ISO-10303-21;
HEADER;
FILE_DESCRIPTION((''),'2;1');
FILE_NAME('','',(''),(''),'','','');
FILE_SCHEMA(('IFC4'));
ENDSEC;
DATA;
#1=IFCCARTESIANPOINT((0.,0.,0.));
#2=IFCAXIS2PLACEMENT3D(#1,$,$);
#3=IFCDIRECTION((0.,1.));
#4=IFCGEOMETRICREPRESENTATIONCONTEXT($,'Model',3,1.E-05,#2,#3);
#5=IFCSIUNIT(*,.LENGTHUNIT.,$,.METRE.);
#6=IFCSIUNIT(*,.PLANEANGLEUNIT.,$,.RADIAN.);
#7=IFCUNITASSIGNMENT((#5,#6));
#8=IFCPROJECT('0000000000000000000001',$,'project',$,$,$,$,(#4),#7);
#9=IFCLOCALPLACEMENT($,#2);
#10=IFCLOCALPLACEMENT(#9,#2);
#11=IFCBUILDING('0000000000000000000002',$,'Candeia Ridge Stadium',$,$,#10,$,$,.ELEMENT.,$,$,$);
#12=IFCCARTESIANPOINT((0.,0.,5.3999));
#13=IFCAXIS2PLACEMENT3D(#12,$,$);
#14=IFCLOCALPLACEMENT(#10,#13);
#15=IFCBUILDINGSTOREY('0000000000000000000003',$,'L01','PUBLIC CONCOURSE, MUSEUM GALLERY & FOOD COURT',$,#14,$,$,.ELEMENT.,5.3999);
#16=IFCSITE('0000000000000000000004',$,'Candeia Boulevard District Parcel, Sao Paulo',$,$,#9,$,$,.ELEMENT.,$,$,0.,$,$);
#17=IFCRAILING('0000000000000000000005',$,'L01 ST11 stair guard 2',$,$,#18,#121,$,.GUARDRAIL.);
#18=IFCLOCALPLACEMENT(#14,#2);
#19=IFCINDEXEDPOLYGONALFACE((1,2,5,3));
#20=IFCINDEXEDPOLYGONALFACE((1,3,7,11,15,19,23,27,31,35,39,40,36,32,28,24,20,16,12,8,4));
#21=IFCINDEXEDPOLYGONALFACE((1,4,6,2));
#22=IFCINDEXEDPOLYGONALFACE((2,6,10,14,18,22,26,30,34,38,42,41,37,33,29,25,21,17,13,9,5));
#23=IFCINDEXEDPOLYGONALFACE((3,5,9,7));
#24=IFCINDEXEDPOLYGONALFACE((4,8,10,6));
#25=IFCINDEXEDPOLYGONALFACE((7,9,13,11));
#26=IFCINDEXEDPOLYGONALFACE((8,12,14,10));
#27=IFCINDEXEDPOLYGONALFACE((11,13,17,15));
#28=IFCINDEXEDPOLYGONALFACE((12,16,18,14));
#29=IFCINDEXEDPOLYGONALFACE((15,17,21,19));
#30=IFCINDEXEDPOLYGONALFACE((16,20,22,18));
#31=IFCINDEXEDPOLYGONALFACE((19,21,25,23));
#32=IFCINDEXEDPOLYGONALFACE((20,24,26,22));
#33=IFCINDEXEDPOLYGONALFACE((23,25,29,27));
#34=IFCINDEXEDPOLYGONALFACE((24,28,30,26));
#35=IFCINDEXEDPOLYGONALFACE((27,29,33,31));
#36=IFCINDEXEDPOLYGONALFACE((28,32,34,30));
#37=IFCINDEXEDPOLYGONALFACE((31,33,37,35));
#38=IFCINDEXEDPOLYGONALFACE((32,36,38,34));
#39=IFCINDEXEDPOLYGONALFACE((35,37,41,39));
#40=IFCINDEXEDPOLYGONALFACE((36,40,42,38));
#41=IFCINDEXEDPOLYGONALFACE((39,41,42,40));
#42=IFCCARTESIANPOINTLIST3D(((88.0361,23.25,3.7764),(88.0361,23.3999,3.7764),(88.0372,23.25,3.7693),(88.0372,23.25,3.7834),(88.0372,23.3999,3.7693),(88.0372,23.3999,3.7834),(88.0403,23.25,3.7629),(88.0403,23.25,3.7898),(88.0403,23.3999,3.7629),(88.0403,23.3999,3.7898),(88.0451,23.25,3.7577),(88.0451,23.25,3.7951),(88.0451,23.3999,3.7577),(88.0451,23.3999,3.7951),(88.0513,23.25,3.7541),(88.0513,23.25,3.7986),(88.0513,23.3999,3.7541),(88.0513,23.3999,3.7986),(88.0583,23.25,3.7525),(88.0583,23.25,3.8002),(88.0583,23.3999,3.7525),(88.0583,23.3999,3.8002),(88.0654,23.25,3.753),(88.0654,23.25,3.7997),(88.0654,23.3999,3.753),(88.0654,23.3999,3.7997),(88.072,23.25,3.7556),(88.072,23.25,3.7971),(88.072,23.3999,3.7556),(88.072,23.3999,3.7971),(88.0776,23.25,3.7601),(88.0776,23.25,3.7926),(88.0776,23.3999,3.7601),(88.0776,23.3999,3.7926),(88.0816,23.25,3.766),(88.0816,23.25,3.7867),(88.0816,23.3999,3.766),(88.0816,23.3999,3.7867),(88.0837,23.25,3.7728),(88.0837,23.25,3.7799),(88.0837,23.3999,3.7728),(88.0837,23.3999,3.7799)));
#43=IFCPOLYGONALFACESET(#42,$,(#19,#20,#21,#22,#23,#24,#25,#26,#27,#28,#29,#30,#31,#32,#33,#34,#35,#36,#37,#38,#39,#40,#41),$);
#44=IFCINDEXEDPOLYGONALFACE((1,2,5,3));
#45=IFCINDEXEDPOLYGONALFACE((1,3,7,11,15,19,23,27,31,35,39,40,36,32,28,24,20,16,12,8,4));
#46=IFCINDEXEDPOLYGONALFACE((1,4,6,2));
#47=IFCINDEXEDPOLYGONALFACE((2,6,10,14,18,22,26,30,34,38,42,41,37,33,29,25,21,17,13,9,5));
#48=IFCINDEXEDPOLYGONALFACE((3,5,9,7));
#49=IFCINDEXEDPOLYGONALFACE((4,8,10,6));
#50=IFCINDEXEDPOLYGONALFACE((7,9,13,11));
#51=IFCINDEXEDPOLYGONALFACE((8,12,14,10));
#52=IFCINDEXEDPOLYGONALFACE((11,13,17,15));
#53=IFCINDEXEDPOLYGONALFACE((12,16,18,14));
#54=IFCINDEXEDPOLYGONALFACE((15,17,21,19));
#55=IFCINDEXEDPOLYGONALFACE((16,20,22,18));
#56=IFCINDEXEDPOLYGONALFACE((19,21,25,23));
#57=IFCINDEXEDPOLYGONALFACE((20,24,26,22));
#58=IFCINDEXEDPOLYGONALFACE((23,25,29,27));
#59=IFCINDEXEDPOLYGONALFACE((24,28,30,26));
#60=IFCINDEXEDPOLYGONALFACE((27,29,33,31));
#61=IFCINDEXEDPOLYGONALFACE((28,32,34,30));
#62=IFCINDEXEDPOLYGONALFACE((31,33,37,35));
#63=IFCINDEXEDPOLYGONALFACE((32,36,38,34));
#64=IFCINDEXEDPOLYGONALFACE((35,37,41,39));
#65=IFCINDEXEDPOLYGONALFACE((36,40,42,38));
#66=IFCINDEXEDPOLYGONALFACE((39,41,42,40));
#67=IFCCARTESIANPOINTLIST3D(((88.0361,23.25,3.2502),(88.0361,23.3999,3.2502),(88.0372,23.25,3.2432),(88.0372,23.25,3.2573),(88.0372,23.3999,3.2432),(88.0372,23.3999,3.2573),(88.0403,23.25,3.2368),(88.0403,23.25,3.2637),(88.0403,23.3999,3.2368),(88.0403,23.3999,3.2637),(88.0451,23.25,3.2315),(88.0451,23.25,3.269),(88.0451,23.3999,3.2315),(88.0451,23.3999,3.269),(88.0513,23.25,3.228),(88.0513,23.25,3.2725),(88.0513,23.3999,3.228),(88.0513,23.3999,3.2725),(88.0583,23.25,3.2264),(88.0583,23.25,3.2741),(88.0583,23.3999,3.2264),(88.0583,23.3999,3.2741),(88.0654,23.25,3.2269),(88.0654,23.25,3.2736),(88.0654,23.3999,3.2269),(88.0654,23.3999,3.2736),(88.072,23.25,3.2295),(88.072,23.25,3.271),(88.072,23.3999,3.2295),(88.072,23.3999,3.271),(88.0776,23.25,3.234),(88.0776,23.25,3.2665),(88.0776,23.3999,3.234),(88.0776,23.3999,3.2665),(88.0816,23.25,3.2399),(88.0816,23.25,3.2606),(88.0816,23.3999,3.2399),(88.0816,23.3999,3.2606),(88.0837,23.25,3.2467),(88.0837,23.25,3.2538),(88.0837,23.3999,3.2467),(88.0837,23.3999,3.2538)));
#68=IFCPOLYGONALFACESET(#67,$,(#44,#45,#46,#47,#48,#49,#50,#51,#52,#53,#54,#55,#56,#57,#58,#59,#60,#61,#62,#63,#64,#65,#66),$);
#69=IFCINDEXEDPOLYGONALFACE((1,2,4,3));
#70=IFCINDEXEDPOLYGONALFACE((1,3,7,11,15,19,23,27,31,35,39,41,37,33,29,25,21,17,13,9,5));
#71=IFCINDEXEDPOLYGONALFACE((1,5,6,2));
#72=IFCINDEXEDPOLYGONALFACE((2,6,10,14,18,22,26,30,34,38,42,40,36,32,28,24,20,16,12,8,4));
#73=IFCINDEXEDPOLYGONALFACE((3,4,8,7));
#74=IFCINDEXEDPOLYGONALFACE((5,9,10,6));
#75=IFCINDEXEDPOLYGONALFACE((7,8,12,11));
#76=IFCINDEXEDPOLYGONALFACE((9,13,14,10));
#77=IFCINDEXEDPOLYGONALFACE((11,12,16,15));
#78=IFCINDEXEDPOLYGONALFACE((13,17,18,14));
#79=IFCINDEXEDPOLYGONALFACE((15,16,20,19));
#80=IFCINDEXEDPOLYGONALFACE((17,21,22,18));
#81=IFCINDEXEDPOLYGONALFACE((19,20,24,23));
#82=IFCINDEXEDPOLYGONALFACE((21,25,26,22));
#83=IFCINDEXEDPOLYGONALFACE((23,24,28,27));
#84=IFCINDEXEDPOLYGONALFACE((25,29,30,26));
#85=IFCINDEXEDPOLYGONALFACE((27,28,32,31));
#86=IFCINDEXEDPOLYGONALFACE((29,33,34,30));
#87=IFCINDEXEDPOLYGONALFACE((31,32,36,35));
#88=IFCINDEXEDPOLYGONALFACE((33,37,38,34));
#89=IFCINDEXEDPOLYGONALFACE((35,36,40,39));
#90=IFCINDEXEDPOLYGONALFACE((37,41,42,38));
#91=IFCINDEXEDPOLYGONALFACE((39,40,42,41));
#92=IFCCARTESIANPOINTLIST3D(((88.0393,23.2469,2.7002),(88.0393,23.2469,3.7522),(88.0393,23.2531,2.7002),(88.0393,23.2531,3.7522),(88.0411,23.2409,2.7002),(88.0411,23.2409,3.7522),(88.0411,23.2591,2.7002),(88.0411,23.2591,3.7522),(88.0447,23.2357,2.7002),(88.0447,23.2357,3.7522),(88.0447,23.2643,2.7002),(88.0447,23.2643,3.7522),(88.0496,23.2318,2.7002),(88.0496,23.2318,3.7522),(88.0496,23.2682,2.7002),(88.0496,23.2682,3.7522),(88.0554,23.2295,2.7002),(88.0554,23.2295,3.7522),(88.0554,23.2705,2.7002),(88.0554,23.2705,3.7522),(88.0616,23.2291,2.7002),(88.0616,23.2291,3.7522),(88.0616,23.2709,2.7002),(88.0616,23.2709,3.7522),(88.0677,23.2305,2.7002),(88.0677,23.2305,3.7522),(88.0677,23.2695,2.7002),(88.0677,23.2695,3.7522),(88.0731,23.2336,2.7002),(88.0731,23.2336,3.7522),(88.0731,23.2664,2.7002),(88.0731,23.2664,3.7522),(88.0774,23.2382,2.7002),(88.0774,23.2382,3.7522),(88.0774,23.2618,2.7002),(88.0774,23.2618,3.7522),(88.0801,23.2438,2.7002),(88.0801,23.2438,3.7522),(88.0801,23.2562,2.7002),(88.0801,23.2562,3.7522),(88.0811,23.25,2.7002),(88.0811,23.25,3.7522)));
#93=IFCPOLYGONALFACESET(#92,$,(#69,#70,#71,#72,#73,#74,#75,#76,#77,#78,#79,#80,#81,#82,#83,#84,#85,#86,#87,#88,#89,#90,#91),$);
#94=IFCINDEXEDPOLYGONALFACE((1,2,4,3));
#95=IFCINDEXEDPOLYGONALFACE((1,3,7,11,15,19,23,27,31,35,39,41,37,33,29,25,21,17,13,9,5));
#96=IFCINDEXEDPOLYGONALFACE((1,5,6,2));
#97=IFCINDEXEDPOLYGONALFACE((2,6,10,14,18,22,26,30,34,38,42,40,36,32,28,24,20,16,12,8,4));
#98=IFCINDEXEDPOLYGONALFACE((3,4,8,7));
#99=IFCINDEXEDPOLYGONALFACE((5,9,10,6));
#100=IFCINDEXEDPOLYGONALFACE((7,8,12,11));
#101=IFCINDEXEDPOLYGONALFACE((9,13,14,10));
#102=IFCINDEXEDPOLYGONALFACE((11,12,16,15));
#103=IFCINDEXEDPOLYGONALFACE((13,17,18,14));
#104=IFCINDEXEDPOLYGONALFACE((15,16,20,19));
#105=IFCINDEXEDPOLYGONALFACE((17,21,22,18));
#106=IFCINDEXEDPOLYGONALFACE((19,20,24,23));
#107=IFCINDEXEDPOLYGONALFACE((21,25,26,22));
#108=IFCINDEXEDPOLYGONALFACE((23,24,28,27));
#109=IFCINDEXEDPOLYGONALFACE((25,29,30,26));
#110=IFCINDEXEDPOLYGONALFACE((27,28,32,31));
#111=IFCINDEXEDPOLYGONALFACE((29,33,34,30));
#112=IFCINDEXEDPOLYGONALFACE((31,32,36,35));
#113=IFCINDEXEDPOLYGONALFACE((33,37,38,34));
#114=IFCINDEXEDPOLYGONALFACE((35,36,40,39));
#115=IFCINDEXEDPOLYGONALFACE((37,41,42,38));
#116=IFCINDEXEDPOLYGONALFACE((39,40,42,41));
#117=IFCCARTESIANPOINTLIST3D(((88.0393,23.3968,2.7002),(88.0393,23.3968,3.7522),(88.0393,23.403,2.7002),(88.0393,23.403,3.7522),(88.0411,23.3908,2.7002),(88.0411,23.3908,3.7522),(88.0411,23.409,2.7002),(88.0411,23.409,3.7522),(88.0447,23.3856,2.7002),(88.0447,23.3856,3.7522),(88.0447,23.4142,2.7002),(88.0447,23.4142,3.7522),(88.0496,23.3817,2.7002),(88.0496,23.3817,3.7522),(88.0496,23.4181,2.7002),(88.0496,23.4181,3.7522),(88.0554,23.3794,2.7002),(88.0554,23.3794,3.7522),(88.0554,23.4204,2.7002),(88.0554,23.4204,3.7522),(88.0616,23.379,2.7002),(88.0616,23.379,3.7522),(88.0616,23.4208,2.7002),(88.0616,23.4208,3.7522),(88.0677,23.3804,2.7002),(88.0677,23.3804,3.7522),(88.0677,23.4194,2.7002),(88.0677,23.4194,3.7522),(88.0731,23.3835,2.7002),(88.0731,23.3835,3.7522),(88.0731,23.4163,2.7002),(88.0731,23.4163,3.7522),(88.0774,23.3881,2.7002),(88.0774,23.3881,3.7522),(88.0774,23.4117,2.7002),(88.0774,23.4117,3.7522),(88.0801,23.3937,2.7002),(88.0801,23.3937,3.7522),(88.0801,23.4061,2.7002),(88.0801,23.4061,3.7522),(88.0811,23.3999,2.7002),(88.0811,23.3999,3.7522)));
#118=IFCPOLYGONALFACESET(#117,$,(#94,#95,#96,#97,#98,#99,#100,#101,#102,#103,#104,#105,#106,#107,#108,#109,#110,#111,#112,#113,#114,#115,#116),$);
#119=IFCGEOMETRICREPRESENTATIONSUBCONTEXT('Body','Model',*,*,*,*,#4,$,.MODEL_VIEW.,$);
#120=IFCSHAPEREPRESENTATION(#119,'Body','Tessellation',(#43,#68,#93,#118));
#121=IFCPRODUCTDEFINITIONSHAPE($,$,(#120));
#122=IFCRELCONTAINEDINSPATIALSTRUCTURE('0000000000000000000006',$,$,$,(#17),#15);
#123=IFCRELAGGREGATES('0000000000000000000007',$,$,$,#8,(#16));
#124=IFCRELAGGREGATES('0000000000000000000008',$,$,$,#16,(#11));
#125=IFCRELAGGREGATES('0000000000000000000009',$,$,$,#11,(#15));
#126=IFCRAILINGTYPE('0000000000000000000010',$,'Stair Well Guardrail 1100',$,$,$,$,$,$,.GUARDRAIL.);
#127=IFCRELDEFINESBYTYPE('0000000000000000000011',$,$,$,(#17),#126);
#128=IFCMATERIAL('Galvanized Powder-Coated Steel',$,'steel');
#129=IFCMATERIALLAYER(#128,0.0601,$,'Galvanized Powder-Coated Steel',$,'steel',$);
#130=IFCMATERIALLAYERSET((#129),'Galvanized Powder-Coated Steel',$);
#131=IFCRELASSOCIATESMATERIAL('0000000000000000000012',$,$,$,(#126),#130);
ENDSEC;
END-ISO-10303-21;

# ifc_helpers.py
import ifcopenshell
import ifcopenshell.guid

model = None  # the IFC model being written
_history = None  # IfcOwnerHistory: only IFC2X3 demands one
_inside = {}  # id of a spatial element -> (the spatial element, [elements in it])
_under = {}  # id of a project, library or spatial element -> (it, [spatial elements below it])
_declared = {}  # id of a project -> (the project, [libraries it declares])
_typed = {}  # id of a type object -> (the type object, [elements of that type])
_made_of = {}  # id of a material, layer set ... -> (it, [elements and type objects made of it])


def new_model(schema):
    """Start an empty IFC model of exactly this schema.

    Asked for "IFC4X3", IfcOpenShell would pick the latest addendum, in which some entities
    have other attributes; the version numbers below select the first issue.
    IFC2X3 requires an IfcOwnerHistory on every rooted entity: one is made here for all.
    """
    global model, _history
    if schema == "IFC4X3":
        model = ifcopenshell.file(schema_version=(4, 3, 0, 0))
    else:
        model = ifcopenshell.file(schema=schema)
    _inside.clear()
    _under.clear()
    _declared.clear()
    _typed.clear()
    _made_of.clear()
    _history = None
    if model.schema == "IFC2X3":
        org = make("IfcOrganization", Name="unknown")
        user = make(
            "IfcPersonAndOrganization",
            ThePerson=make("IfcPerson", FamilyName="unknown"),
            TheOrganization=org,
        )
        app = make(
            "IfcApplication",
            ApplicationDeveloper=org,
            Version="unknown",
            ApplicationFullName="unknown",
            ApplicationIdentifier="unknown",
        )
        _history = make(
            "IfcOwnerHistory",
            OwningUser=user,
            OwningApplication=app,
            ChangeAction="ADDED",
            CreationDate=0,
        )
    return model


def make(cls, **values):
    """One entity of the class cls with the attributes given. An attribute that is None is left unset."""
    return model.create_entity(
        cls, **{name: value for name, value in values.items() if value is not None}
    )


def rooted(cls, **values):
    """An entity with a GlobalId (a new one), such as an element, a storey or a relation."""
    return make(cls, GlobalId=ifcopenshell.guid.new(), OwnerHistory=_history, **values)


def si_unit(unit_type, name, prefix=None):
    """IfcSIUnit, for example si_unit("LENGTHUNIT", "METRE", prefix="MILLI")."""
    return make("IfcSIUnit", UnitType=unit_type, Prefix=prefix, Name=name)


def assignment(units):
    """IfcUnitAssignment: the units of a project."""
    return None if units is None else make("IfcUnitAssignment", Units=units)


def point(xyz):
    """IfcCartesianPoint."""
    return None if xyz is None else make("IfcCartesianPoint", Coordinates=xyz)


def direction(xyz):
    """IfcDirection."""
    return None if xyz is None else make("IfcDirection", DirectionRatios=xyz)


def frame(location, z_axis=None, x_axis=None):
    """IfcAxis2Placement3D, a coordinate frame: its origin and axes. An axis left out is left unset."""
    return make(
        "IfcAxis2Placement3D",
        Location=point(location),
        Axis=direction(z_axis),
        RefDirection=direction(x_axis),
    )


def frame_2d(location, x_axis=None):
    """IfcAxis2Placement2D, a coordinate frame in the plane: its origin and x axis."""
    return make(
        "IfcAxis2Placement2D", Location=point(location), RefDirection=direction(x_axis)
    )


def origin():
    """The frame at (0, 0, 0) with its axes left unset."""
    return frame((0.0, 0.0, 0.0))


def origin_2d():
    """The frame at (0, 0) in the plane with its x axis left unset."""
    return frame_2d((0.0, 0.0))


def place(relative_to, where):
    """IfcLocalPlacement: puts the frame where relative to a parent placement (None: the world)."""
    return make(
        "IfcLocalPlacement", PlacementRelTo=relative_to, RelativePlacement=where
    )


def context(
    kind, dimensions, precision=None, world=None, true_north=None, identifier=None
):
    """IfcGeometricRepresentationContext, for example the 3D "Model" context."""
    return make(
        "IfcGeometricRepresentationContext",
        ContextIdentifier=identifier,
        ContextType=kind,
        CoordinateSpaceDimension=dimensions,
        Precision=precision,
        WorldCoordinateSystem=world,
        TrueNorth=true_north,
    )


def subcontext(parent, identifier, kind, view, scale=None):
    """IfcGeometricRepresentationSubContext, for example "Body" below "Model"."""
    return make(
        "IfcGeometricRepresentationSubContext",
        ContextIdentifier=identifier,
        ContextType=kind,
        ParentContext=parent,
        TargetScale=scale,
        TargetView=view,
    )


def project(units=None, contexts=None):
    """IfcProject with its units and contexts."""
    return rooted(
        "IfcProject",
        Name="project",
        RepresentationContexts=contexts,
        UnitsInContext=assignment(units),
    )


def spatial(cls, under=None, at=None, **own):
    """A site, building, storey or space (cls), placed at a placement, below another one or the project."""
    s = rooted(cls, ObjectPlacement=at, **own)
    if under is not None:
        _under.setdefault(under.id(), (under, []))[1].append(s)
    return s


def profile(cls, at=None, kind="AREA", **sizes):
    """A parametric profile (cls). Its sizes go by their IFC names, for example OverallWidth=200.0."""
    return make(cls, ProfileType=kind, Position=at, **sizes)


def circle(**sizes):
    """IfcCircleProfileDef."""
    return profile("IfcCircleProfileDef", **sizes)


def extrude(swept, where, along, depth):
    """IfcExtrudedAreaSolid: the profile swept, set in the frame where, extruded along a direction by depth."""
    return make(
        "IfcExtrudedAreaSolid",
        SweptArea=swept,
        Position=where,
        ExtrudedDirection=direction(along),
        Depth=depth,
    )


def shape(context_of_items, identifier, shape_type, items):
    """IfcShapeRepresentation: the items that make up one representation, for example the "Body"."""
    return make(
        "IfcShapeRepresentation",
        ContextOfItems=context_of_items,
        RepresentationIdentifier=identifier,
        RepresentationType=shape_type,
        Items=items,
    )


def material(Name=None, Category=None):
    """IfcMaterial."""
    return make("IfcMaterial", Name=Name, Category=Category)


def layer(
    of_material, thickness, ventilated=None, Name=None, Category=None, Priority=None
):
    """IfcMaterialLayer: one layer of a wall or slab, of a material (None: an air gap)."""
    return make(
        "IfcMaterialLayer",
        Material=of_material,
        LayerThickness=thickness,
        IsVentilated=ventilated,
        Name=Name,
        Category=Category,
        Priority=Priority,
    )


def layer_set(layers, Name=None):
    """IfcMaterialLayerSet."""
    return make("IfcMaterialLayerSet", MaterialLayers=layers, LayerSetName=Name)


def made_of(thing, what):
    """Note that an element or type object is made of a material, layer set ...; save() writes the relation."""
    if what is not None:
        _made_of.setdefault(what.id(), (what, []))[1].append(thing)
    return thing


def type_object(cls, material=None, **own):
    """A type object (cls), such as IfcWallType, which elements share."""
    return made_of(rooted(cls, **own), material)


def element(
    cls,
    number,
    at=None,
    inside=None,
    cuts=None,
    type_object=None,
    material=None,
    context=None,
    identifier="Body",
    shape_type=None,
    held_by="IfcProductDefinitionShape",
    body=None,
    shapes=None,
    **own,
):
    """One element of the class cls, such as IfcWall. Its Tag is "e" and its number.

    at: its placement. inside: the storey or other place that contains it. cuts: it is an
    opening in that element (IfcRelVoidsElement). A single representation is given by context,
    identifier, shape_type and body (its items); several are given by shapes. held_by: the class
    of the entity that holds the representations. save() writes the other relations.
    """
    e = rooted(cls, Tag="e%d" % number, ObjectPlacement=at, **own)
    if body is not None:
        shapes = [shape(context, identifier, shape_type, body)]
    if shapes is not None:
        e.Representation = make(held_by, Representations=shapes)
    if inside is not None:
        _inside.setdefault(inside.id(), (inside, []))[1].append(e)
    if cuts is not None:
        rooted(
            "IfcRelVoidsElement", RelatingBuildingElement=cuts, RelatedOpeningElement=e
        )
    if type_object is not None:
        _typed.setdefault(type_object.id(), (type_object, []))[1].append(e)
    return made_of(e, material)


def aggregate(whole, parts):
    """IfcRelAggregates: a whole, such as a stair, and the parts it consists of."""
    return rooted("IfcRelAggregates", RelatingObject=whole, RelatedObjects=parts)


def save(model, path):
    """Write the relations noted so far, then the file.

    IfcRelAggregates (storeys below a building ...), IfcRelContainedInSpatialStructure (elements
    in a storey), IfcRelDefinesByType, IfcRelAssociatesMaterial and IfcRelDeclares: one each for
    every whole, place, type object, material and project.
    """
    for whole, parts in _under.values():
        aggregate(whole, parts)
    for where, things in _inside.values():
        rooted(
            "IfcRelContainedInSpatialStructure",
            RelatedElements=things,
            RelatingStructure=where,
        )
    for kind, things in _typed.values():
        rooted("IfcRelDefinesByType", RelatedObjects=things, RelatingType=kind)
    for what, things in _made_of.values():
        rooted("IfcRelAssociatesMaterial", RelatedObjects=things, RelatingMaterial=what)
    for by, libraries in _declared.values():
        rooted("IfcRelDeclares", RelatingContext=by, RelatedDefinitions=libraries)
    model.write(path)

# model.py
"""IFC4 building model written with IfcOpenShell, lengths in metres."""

from ifc_helpers import new_model, si_unit, direction, frame, origin, origin_2d, place, context, subcontext, project, spatial, circle, extrude, material, layer, layer_set, type_object, element, save


model = new_model("IFC4")

# Units and contexts
model_context = context("Model", 3, precision=1e-05, world=origin(), true_north=direction((0.0, 1.0)))
body_context = subcontext(model_context, "Body", "Model", "MODEL_VIEW")
ifc_project = project(units=[si_unit("LENGTHUNIT", "METRE"), si_unit("PLANEANGLEUNIT", "RADIAN")], contexts=[model_context])

# Site, building, storey
site_placement = place(None, origin())
site = spatial("IfcSite", under=ifc_project, at=site_placement, Name="Candeia Boulevard District Parcel, Sao Paulo", CompositionType="ELEMENT", RefElevation=0.0)
building_placement = place(site_placement, origin())
building = spatial("IfcBuilding", under=site, at=building_placement, Name="Candeia Ridge Stadium", CompositionType="ELEMENT")
storey_placement = place(building_placement, frame((0.0, 0.0, 5.3999)))
storey = spatial("IfcBuildingStorey", under=building, at=storey_placement, Name="L01", Description="PUBLIC CONCOURSE, MUSEUM GALLERY & FOOD COURT", CompositionType="ELEMENT", Elevation=5.3999)

# Railing
ifc_material_1 = material(Name="Galvanized Powder-Coated Steel", Category="steel")
ifc_layer_1 = layer(ifc_material_1, 0.0601, Name="Galvanized Powder-Coated Steel", Category="steel")
ifc_layer_set_1 = layer_set([ifc_layer_1], Name="Galvanized Powder-Coated Steel")
railing_type_1 = type_object("IfcRailingType", Name="Stair Well Guardrail 1100", PredefinedType="GUARDRAIL", material=ifc_layer_set_1)
railing_1_placement = place(storey_placement, frame((88.0601, 23.25, 2.7002)))
element("IfcRailing", 1, at=railing_1_placement, inside=storey, type_object=railing_type_1, Name="L01 ST11 stair guard 2", PredefinedType="GUARDRAIL", context=body_context, shape_type="SweptSolid", body=[
    extrude(circle(Radius=0.0239, at=origin_2d()), frame((0.0, 0.0, 1.0762), z_axis=(0.0, 1.0, 0.0), x_axis=(-1.0, 0.0, 0.0)), (0.0, 0.0, 1.0), 0.1499),
    extrude(circle(Radius=0.0239, at=origin_2d()), frame((0.0, 0.0, 0.55), z_axis=(0.0, 1.0, 0.0), x_axis=(-1.0, 0.0, 0.0)), (0.0, 0.0, 1.0), 0.1499),
    extrude(circle(Radius=0.021, at=origin_2d()), origin(), (0.0, 0.0, 1.0), 1.052),
    extrude(circle(Radius=0.021, at=origin_2d()), frame((0.0, 0.1499, 0.0)), (0.0, 0.0, 1.0), 1.052),
])

save(model, "model.ifc")
